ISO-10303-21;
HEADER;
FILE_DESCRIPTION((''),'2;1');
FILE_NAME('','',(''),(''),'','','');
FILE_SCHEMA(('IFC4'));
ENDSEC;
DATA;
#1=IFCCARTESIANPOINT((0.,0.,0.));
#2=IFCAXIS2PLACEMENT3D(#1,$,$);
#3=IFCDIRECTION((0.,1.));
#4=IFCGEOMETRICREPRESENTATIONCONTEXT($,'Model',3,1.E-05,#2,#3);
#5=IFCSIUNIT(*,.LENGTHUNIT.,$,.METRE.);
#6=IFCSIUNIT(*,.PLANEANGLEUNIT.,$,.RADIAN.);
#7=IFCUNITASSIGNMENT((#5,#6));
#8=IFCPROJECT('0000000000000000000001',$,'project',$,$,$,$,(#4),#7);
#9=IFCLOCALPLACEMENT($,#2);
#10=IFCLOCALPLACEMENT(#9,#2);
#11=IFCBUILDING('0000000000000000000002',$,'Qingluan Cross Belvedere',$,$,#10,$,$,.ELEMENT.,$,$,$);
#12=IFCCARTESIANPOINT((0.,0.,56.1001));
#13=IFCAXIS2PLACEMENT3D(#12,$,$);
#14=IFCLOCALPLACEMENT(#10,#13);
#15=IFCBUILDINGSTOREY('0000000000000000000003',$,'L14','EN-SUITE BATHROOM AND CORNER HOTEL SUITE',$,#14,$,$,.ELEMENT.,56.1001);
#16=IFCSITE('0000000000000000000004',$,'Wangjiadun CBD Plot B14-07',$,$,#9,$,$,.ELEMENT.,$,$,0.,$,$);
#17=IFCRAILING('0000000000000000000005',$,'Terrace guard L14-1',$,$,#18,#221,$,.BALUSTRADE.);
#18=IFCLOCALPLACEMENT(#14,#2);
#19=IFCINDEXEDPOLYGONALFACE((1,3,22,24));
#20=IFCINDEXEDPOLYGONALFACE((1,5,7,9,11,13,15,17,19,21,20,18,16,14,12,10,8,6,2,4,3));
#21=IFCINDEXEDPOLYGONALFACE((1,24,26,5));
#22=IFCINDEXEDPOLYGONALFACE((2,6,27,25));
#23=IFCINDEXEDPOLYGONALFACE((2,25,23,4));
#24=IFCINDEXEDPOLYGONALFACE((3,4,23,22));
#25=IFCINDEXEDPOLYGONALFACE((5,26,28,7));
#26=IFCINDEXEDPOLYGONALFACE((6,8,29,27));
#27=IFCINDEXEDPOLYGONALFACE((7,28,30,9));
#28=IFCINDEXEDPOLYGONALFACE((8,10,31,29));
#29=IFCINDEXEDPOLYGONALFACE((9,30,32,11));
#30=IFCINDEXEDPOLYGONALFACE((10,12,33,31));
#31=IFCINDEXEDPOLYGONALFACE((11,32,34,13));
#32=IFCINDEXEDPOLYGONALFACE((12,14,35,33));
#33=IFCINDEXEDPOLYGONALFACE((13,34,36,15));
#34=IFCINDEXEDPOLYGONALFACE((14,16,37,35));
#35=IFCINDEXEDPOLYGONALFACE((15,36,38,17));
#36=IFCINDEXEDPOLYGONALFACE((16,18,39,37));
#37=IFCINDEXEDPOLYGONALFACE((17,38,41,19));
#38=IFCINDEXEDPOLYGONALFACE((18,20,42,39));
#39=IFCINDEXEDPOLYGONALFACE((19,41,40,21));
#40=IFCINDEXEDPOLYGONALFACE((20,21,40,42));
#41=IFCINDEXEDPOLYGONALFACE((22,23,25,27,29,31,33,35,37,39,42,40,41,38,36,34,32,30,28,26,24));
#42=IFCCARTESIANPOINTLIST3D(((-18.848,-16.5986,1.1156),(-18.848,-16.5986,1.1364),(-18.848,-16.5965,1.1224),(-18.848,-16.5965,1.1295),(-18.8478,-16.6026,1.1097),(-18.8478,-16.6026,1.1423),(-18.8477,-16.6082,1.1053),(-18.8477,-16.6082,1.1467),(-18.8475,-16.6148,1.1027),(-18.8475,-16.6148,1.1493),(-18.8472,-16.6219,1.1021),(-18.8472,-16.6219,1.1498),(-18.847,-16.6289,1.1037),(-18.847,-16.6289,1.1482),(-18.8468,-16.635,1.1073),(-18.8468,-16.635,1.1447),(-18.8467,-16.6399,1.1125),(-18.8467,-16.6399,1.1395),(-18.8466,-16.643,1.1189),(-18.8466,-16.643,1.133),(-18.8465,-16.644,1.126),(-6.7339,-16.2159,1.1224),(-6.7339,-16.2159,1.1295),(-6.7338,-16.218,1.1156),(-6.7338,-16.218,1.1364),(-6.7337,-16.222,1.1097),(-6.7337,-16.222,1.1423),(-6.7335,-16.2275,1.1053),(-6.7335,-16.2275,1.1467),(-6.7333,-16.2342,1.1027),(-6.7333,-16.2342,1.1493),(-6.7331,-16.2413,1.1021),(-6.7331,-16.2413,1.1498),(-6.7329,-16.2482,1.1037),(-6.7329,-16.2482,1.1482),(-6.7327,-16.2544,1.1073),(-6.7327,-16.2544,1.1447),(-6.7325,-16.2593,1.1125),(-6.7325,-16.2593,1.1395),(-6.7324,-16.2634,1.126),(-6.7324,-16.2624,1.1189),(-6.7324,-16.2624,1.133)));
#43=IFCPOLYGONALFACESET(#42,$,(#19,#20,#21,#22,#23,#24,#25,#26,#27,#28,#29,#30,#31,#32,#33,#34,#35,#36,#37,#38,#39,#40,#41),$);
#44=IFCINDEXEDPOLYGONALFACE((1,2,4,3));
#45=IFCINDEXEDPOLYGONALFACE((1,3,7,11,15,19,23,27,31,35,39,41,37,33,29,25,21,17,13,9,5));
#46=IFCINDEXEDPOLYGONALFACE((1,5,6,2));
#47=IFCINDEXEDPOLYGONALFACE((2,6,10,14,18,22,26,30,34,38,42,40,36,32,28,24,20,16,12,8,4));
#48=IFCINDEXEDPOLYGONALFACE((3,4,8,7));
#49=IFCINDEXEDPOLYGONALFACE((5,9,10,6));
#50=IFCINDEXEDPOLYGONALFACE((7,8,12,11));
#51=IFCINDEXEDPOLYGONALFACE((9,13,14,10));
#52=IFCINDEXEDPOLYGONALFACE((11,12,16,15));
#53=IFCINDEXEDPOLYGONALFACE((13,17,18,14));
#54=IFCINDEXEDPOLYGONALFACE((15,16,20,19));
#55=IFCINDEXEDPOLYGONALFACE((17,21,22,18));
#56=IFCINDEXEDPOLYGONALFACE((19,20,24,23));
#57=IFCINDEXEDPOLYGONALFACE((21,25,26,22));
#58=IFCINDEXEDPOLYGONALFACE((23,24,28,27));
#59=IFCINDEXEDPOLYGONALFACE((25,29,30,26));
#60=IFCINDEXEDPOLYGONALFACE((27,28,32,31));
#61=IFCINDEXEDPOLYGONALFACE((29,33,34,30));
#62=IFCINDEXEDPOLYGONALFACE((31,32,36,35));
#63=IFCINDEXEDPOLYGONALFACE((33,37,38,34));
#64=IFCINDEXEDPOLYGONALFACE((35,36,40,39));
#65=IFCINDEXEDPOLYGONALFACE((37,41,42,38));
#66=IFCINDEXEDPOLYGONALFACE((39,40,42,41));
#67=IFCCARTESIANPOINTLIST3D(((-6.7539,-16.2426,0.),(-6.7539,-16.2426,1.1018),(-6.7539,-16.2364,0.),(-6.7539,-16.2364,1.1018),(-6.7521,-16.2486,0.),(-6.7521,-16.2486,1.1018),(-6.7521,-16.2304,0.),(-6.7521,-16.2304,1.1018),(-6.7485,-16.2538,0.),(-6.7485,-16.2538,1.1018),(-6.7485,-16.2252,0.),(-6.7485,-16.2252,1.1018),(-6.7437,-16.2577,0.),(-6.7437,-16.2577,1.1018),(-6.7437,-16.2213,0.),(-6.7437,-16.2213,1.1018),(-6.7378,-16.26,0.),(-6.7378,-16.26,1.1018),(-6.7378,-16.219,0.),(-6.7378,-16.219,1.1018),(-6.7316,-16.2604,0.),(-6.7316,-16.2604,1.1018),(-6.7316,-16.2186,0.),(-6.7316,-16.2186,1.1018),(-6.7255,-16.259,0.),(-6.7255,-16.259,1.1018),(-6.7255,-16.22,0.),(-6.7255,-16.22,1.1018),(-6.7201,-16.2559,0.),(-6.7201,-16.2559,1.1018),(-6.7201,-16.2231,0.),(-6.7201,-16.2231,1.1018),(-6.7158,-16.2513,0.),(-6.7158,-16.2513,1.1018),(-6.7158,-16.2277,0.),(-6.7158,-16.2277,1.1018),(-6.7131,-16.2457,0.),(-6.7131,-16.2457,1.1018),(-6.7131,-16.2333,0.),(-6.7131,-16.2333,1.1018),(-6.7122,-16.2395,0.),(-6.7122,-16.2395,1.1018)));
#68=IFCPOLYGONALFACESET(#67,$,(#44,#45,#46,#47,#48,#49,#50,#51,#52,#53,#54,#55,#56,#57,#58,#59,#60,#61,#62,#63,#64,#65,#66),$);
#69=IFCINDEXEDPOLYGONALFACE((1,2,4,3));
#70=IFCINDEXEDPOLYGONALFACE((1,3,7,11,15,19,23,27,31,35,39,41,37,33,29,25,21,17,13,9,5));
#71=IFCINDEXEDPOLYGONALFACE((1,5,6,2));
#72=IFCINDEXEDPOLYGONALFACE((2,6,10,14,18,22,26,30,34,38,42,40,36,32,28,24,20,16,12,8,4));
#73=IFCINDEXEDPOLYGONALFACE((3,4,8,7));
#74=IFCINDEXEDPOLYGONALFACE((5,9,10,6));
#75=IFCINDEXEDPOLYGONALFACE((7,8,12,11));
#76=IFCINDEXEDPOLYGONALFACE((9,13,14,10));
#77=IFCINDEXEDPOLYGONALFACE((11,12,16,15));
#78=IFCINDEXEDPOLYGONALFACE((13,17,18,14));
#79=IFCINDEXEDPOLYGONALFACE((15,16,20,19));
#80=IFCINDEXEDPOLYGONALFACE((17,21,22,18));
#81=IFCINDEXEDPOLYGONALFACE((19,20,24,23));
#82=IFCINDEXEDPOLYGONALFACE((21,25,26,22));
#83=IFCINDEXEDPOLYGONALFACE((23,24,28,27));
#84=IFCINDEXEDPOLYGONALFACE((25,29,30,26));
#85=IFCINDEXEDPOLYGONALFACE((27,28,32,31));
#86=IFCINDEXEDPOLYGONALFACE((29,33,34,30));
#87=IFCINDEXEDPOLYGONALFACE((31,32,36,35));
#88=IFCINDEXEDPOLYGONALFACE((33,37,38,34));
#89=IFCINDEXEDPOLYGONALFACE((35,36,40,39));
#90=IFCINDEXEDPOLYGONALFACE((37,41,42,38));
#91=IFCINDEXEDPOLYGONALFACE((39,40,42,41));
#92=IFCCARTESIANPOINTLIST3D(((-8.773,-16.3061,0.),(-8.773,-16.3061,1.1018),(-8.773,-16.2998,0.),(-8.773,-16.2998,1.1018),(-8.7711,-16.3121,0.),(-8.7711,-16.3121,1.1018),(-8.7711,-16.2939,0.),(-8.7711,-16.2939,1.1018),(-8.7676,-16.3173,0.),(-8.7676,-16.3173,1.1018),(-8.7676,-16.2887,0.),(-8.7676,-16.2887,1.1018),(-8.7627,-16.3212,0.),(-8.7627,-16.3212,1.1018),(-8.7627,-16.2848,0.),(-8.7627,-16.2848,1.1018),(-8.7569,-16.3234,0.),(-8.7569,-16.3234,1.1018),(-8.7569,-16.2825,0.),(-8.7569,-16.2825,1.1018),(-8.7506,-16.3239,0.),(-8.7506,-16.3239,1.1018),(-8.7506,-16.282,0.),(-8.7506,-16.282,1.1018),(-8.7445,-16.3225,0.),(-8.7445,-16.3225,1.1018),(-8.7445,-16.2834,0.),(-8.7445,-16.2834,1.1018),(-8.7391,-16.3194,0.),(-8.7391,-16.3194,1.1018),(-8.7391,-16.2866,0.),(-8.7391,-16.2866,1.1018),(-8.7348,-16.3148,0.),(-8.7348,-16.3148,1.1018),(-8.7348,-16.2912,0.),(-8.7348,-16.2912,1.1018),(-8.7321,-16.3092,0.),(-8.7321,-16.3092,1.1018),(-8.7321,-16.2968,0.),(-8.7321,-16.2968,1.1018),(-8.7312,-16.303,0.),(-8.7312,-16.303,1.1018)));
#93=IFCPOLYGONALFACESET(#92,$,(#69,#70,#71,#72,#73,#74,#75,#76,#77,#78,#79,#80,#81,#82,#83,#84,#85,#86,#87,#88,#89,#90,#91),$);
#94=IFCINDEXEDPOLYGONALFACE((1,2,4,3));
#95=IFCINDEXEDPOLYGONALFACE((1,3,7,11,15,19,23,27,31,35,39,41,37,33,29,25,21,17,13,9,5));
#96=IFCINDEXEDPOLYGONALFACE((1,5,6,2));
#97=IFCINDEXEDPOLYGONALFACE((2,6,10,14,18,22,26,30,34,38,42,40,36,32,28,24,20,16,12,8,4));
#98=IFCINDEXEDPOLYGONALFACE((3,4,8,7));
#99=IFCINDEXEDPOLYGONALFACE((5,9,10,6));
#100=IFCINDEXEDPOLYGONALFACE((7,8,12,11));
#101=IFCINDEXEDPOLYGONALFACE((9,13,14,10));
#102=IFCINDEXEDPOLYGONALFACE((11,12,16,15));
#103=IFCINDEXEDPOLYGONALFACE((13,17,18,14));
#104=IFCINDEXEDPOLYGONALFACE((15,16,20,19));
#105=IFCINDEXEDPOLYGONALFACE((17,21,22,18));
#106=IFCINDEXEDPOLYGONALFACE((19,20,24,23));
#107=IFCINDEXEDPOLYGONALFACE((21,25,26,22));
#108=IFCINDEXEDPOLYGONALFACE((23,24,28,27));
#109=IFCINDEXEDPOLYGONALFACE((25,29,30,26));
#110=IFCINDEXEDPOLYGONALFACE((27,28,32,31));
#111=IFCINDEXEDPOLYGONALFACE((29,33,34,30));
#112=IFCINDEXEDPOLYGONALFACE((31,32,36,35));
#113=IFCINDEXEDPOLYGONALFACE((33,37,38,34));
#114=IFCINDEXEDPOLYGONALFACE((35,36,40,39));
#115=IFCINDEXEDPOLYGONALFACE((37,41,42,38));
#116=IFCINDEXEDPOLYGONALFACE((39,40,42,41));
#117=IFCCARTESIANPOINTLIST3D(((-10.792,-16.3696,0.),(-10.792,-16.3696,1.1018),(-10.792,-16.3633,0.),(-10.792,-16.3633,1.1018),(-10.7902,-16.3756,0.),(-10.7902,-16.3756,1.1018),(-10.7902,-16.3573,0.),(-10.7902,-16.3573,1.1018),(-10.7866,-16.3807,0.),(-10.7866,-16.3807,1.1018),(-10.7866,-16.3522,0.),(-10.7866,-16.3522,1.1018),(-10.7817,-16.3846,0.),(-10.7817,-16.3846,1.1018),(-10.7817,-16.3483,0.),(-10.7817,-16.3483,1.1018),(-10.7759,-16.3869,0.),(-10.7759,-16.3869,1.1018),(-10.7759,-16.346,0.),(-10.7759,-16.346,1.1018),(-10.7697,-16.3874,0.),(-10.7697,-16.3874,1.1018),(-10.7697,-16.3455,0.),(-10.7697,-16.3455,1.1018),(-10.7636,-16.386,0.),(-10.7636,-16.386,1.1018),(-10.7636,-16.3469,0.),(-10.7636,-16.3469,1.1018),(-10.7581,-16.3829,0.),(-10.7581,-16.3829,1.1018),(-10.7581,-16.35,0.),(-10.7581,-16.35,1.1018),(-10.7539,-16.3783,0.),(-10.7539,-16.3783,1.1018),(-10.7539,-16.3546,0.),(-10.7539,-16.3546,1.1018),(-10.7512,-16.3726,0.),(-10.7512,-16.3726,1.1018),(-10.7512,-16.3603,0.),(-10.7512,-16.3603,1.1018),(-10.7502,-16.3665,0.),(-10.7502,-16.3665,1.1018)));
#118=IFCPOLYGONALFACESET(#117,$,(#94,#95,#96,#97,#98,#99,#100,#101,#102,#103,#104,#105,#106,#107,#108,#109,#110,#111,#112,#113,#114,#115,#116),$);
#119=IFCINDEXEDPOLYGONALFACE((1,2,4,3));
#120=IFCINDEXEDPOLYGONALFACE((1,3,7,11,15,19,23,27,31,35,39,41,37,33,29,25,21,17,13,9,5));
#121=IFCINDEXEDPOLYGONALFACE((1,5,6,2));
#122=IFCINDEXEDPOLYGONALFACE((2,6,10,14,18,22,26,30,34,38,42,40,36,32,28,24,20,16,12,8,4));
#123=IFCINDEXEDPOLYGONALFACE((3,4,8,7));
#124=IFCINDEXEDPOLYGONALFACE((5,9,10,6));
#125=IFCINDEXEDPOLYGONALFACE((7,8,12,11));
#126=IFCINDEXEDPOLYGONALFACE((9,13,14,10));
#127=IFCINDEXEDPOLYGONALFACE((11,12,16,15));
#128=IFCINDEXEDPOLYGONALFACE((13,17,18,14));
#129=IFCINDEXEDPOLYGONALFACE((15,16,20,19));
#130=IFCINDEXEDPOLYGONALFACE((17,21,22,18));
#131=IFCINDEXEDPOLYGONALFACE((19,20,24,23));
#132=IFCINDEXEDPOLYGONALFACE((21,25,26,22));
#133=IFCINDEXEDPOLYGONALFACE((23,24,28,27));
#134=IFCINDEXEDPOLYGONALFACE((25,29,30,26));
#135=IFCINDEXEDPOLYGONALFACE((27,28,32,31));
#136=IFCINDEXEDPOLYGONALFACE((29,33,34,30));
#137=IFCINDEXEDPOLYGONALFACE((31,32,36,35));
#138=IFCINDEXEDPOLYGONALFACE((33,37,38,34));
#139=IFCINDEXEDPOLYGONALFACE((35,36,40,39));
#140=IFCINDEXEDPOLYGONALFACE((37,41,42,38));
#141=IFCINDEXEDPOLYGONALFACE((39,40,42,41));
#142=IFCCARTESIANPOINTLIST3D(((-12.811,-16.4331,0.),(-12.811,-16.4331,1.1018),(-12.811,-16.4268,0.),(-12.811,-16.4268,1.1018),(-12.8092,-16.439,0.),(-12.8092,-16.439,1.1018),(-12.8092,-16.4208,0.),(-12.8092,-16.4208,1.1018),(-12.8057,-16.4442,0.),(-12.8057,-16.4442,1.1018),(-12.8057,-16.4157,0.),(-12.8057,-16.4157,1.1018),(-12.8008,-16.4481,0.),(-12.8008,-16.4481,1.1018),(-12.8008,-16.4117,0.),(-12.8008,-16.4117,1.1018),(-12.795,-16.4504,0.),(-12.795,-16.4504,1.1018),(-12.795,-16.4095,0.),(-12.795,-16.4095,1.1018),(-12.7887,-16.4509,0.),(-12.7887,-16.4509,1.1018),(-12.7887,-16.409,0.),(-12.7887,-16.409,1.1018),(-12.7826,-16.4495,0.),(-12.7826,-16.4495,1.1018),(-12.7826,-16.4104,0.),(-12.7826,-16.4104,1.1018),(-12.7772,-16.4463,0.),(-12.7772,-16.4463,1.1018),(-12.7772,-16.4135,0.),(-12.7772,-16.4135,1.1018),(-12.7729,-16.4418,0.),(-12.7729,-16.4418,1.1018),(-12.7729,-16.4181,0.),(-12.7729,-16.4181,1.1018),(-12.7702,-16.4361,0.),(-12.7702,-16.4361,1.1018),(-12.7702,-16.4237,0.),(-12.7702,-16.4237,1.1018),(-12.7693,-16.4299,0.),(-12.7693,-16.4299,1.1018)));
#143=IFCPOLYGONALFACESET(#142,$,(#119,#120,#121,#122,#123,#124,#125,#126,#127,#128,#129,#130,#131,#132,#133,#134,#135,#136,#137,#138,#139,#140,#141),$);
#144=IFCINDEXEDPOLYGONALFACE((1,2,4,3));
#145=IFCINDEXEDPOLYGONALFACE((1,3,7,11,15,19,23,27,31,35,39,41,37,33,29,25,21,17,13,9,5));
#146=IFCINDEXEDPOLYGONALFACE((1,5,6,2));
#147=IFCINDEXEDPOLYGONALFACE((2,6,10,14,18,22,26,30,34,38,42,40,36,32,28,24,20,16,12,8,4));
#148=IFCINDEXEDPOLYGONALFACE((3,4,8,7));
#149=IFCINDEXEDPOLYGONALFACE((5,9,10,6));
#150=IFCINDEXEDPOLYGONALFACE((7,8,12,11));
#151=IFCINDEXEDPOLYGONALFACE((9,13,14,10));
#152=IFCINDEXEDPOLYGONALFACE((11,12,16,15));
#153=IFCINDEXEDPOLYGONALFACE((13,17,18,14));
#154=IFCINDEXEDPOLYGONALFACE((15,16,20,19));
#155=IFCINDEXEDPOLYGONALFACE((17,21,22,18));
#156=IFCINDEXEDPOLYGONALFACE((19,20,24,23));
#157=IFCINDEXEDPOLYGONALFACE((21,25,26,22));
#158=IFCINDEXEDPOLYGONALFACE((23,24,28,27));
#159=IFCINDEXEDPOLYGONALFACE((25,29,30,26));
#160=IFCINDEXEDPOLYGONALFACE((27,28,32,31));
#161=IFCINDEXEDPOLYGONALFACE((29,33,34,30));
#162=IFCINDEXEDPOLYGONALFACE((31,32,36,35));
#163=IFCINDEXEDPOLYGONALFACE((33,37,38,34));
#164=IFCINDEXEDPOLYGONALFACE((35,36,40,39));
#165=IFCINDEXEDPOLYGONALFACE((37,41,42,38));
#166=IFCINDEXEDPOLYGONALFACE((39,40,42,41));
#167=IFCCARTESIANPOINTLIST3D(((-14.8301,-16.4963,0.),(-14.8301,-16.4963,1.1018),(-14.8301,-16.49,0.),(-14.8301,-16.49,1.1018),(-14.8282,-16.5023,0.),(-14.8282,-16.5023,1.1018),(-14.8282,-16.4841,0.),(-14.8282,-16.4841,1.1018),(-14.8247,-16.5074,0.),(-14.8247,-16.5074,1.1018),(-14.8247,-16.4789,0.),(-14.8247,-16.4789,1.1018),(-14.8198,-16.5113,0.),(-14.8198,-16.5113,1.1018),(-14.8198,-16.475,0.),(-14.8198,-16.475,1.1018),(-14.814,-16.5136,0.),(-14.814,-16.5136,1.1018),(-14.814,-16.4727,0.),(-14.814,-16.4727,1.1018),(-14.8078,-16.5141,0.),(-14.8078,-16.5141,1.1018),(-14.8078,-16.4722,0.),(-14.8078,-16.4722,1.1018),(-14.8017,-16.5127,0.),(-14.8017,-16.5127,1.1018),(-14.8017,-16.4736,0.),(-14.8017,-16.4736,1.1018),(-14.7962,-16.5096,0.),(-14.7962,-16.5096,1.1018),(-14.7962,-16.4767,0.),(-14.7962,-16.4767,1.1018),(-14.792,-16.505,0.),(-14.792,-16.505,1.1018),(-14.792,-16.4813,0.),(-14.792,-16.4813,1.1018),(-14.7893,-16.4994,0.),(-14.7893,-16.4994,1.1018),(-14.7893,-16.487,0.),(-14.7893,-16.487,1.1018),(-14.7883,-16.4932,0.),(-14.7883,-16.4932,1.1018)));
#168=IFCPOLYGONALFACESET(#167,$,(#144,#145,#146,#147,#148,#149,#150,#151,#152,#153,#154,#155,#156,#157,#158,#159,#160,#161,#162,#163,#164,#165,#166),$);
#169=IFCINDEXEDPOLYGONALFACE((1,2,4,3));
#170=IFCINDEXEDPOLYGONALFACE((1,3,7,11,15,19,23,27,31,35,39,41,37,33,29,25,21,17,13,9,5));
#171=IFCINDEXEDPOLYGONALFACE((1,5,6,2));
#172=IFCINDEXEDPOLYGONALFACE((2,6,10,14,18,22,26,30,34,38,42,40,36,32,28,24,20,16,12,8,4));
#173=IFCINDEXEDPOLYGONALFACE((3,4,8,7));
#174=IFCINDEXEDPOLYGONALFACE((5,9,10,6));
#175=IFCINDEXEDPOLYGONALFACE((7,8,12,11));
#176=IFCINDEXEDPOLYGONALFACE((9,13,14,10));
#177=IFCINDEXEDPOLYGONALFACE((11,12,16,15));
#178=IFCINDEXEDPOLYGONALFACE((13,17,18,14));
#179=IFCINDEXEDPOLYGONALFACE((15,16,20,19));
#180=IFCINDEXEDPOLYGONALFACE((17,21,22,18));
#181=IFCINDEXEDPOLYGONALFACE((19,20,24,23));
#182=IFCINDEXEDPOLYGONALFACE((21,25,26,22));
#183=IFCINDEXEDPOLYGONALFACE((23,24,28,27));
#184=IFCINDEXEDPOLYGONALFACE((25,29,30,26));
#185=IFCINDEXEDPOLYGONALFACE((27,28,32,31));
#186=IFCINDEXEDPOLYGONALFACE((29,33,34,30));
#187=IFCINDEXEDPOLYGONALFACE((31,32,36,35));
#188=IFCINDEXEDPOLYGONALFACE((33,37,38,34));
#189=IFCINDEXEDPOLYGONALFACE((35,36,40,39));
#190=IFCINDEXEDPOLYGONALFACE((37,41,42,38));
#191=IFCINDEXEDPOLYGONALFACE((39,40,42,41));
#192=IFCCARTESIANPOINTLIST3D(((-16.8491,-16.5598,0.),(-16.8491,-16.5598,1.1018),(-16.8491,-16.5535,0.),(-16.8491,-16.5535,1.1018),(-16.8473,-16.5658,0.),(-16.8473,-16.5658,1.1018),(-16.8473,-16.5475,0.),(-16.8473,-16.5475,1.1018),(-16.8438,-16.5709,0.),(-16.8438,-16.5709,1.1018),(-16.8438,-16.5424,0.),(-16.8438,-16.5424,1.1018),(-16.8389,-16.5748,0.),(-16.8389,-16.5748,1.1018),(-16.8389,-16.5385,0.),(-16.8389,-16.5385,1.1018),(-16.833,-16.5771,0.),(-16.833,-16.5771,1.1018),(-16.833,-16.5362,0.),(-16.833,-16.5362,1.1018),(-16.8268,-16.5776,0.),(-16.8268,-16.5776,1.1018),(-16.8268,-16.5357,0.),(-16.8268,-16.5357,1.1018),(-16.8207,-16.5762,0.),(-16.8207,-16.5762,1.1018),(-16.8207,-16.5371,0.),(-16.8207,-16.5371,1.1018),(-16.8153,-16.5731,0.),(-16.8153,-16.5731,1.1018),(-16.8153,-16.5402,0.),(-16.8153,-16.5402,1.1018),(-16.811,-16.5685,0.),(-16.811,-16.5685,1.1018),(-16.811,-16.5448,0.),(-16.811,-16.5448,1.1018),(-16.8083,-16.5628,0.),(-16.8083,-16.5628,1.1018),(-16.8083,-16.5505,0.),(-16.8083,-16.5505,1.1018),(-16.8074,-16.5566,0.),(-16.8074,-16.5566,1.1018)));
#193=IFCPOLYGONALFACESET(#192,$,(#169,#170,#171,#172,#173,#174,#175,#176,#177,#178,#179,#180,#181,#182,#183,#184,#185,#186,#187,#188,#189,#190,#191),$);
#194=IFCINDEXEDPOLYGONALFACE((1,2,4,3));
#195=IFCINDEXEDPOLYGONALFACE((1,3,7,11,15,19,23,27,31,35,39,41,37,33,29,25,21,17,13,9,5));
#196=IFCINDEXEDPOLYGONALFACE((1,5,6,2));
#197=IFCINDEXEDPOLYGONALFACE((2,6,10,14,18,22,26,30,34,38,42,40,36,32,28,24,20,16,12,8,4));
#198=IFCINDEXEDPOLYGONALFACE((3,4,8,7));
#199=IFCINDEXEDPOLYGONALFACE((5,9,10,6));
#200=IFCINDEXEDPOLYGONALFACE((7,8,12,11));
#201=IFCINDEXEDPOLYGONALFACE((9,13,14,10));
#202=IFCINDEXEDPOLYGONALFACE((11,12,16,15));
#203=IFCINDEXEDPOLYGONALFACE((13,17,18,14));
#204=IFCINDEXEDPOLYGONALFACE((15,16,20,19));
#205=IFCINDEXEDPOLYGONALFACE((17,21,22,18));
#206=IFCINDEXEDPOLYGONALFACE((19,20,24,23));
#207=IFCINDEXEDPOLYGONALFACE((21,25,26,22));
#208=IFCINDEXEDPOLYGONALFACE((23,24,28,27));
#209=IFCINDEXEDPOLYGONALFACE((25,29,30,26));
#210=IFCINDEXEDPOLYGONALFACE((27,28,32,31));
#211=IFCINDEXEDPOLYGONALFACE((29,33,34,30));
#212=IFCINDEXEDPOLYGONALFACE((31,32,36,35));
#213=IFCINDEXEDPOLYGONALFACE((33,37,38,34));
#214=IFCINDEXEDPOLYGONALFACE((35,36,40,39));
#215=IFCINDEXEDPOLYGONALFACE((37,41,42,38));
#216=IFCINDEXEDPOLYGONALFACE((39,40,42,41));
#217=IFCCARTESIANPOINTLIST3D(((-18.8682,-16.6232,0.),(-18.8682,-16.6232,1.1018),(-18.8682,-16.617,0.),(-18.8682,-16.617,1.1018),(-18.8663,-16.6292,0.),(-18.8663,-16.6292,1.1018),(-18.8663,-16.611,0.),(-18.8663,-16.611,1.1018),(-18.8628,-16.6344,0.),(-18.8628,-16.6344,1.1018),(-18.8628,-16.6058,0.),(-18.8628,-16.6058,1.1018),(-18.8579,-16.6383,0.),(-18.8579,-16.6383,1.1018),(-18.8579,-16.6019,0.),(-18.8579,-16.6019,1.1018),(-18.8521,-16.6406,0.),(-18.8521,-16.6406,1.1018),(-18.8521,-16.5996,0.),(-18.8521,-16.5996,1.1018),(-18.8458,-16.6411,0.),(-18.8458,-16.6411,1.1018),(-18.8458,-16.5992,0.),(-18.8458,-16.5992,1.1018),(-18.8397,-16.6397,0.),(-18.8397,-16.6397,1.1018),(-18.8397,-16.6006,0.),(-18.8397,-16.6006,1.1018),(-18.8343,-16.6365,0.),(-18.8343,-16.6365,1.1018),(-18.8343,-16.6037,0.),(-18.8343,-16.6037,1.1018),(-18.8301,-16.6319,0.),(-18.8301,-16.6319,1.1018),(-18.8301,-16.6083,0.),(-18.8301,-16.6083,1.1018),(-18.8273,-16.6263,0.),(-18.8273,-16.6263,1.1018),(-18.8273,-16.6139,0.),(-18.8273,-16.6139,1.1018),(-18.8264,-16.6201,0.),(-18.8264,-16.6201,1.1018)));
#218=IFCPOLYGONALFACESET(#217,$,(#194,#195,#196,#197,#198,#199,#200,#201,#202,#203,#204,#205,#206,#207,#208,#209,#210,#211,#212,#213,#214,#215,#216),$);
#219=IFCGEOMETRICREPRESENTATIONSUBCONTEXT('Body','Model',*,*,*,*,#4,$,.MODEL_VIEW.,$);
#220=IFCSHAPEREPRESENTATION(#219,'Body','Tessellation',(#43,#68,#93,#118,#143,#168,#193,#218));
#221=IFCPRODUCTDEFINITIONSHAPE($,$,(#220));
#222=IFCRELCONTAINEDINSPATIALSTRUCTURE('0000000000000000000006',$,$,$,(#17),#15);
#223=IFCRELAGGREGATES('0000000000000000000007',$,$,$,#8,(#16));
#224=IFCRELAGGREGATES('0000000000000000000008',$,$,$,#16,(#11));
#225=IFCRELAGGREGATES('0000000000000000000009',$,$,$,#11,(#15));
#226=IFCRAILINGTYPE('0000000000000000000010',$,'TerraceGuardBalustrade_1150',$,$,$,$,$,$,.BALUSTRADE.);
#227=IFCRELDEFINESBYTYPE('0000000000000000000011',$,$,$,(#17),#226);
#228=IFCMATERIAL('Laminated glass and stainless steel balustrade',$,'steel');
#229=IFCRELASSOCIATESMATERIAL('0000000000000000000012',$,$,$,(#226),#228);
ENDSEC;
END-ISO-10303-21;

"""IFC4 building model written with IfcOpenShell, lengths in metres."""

from ifc_helpers import new_model, si_unit, direction, frame, origin, origin_2d, place, context, subcontext, project, spatial, circle, extrude, material, type_object, element, save


model = new_model("IFC4")

# Units and contexts
model_context = context("Model", 3, precision=1e-05, world=origin(), true_north=direction((0.0, 1.0)))
body_context = subcontext(model_context, "Body", "Model", "MODEL_VIEW")
ifc_project = project(units=[si_unit("LENGTHUNIT", "METRE"), si_unit("PLANEANGLEUNIT", "RADIAN")], contexts=[model_context])

# Site, building, storey
site_placement = place(None, origin())
site = spatial("IfcSite", under=ifc_project, at=site_placement, Name="Wangjiadun CBD Plot B14-07", CompositionType="ELEMENT", RefElevation=0.0)
building_placement = place(site_placement, origin())
building = spatial("IfcBuilding", under=site, at=building_placement, Name="Qingluan Cross Belvedere", CompositionType="ELEMENT")
storey_placement = place(building_placement, frame((0.0, 0.0, 56.1001)))
storey = spatial("IfcBuildingStorey", under=building, at=storey_placement, Name="L14", Description="EN-SUITE BATHROOM AND CORNER HOTEL SUITE", CompositionType="ELEMENT", Elevation=56.1001)

# Railing
ifc_material_1 = material(Name="Laminated glass and stainless steel balustrade", Category="steel")
railing_type = type_object("IfcRailingType", Name="TerraceGuardBalustrade_1150", PredefinedType="BALUSTRADE", material=ifc_material_1)
railing_placement = place(storey_placement, frame((-6.7332, -16.2395, 0.0)))
element("IfcRailing", 1, at=railing_placement, inside=storey, type_object=railing_type, Name="Terrace guard L14-1", PredefinedType="BALUSTRADE", context=body_context, shape_type="SweptSolid", body=[
    extrude(circle(Radius=0.0239, at=origin_2d()), frame((0.0, 0.0, 1.126), z_axis=(-0.999507, -0.031403, 0.0), x_axis=(0.031403, -0.999507, 0.0)), (0.0, 0.0, 1.0), 12.1201),
    extrude(circle(Radius=0.021, at=origin_2d()), origin(), (0.0, 0.0, 1.0), 1.1018),
    extrude(circle(Radius=0.021, at=origin_2d()), frame((-2.019, -0.0635, 0.0)), (0.0, 0.0, 1.0), 1.1018),
    extrude(circle(Radius=0.021, at=origin_2d()), frame((-4.0381, -0.127, 0.0)), (0.0, 0.0, 1.0), 1.1018),
    extrude(circle(Radius=0.021, at=origin_2d()), frame((-6.0571, -0.1904, 0.0)), (0.0, 0.0, 1.0), 1.1018),
    extrude(circle(Radius=0.021, at=origin_2d()), frame((-8.0762, -0.2537, 0.0)), (0.0, 0.0, 1.0), 1.1018),
    extrude(circle(Radius=0.021, at=origin_2d()), frame((-10.0952, -0.3171, 0.0)), (0.0, 0.0, 1.0), 1.1018),
    extrude(circle(Radius=0.021, at=origin_2d()), frame((-12.1143, -0.3806, 0.0)), (0.0, 0.0, 1.0), 1.1018),
])

save(model, "model.ifc")
